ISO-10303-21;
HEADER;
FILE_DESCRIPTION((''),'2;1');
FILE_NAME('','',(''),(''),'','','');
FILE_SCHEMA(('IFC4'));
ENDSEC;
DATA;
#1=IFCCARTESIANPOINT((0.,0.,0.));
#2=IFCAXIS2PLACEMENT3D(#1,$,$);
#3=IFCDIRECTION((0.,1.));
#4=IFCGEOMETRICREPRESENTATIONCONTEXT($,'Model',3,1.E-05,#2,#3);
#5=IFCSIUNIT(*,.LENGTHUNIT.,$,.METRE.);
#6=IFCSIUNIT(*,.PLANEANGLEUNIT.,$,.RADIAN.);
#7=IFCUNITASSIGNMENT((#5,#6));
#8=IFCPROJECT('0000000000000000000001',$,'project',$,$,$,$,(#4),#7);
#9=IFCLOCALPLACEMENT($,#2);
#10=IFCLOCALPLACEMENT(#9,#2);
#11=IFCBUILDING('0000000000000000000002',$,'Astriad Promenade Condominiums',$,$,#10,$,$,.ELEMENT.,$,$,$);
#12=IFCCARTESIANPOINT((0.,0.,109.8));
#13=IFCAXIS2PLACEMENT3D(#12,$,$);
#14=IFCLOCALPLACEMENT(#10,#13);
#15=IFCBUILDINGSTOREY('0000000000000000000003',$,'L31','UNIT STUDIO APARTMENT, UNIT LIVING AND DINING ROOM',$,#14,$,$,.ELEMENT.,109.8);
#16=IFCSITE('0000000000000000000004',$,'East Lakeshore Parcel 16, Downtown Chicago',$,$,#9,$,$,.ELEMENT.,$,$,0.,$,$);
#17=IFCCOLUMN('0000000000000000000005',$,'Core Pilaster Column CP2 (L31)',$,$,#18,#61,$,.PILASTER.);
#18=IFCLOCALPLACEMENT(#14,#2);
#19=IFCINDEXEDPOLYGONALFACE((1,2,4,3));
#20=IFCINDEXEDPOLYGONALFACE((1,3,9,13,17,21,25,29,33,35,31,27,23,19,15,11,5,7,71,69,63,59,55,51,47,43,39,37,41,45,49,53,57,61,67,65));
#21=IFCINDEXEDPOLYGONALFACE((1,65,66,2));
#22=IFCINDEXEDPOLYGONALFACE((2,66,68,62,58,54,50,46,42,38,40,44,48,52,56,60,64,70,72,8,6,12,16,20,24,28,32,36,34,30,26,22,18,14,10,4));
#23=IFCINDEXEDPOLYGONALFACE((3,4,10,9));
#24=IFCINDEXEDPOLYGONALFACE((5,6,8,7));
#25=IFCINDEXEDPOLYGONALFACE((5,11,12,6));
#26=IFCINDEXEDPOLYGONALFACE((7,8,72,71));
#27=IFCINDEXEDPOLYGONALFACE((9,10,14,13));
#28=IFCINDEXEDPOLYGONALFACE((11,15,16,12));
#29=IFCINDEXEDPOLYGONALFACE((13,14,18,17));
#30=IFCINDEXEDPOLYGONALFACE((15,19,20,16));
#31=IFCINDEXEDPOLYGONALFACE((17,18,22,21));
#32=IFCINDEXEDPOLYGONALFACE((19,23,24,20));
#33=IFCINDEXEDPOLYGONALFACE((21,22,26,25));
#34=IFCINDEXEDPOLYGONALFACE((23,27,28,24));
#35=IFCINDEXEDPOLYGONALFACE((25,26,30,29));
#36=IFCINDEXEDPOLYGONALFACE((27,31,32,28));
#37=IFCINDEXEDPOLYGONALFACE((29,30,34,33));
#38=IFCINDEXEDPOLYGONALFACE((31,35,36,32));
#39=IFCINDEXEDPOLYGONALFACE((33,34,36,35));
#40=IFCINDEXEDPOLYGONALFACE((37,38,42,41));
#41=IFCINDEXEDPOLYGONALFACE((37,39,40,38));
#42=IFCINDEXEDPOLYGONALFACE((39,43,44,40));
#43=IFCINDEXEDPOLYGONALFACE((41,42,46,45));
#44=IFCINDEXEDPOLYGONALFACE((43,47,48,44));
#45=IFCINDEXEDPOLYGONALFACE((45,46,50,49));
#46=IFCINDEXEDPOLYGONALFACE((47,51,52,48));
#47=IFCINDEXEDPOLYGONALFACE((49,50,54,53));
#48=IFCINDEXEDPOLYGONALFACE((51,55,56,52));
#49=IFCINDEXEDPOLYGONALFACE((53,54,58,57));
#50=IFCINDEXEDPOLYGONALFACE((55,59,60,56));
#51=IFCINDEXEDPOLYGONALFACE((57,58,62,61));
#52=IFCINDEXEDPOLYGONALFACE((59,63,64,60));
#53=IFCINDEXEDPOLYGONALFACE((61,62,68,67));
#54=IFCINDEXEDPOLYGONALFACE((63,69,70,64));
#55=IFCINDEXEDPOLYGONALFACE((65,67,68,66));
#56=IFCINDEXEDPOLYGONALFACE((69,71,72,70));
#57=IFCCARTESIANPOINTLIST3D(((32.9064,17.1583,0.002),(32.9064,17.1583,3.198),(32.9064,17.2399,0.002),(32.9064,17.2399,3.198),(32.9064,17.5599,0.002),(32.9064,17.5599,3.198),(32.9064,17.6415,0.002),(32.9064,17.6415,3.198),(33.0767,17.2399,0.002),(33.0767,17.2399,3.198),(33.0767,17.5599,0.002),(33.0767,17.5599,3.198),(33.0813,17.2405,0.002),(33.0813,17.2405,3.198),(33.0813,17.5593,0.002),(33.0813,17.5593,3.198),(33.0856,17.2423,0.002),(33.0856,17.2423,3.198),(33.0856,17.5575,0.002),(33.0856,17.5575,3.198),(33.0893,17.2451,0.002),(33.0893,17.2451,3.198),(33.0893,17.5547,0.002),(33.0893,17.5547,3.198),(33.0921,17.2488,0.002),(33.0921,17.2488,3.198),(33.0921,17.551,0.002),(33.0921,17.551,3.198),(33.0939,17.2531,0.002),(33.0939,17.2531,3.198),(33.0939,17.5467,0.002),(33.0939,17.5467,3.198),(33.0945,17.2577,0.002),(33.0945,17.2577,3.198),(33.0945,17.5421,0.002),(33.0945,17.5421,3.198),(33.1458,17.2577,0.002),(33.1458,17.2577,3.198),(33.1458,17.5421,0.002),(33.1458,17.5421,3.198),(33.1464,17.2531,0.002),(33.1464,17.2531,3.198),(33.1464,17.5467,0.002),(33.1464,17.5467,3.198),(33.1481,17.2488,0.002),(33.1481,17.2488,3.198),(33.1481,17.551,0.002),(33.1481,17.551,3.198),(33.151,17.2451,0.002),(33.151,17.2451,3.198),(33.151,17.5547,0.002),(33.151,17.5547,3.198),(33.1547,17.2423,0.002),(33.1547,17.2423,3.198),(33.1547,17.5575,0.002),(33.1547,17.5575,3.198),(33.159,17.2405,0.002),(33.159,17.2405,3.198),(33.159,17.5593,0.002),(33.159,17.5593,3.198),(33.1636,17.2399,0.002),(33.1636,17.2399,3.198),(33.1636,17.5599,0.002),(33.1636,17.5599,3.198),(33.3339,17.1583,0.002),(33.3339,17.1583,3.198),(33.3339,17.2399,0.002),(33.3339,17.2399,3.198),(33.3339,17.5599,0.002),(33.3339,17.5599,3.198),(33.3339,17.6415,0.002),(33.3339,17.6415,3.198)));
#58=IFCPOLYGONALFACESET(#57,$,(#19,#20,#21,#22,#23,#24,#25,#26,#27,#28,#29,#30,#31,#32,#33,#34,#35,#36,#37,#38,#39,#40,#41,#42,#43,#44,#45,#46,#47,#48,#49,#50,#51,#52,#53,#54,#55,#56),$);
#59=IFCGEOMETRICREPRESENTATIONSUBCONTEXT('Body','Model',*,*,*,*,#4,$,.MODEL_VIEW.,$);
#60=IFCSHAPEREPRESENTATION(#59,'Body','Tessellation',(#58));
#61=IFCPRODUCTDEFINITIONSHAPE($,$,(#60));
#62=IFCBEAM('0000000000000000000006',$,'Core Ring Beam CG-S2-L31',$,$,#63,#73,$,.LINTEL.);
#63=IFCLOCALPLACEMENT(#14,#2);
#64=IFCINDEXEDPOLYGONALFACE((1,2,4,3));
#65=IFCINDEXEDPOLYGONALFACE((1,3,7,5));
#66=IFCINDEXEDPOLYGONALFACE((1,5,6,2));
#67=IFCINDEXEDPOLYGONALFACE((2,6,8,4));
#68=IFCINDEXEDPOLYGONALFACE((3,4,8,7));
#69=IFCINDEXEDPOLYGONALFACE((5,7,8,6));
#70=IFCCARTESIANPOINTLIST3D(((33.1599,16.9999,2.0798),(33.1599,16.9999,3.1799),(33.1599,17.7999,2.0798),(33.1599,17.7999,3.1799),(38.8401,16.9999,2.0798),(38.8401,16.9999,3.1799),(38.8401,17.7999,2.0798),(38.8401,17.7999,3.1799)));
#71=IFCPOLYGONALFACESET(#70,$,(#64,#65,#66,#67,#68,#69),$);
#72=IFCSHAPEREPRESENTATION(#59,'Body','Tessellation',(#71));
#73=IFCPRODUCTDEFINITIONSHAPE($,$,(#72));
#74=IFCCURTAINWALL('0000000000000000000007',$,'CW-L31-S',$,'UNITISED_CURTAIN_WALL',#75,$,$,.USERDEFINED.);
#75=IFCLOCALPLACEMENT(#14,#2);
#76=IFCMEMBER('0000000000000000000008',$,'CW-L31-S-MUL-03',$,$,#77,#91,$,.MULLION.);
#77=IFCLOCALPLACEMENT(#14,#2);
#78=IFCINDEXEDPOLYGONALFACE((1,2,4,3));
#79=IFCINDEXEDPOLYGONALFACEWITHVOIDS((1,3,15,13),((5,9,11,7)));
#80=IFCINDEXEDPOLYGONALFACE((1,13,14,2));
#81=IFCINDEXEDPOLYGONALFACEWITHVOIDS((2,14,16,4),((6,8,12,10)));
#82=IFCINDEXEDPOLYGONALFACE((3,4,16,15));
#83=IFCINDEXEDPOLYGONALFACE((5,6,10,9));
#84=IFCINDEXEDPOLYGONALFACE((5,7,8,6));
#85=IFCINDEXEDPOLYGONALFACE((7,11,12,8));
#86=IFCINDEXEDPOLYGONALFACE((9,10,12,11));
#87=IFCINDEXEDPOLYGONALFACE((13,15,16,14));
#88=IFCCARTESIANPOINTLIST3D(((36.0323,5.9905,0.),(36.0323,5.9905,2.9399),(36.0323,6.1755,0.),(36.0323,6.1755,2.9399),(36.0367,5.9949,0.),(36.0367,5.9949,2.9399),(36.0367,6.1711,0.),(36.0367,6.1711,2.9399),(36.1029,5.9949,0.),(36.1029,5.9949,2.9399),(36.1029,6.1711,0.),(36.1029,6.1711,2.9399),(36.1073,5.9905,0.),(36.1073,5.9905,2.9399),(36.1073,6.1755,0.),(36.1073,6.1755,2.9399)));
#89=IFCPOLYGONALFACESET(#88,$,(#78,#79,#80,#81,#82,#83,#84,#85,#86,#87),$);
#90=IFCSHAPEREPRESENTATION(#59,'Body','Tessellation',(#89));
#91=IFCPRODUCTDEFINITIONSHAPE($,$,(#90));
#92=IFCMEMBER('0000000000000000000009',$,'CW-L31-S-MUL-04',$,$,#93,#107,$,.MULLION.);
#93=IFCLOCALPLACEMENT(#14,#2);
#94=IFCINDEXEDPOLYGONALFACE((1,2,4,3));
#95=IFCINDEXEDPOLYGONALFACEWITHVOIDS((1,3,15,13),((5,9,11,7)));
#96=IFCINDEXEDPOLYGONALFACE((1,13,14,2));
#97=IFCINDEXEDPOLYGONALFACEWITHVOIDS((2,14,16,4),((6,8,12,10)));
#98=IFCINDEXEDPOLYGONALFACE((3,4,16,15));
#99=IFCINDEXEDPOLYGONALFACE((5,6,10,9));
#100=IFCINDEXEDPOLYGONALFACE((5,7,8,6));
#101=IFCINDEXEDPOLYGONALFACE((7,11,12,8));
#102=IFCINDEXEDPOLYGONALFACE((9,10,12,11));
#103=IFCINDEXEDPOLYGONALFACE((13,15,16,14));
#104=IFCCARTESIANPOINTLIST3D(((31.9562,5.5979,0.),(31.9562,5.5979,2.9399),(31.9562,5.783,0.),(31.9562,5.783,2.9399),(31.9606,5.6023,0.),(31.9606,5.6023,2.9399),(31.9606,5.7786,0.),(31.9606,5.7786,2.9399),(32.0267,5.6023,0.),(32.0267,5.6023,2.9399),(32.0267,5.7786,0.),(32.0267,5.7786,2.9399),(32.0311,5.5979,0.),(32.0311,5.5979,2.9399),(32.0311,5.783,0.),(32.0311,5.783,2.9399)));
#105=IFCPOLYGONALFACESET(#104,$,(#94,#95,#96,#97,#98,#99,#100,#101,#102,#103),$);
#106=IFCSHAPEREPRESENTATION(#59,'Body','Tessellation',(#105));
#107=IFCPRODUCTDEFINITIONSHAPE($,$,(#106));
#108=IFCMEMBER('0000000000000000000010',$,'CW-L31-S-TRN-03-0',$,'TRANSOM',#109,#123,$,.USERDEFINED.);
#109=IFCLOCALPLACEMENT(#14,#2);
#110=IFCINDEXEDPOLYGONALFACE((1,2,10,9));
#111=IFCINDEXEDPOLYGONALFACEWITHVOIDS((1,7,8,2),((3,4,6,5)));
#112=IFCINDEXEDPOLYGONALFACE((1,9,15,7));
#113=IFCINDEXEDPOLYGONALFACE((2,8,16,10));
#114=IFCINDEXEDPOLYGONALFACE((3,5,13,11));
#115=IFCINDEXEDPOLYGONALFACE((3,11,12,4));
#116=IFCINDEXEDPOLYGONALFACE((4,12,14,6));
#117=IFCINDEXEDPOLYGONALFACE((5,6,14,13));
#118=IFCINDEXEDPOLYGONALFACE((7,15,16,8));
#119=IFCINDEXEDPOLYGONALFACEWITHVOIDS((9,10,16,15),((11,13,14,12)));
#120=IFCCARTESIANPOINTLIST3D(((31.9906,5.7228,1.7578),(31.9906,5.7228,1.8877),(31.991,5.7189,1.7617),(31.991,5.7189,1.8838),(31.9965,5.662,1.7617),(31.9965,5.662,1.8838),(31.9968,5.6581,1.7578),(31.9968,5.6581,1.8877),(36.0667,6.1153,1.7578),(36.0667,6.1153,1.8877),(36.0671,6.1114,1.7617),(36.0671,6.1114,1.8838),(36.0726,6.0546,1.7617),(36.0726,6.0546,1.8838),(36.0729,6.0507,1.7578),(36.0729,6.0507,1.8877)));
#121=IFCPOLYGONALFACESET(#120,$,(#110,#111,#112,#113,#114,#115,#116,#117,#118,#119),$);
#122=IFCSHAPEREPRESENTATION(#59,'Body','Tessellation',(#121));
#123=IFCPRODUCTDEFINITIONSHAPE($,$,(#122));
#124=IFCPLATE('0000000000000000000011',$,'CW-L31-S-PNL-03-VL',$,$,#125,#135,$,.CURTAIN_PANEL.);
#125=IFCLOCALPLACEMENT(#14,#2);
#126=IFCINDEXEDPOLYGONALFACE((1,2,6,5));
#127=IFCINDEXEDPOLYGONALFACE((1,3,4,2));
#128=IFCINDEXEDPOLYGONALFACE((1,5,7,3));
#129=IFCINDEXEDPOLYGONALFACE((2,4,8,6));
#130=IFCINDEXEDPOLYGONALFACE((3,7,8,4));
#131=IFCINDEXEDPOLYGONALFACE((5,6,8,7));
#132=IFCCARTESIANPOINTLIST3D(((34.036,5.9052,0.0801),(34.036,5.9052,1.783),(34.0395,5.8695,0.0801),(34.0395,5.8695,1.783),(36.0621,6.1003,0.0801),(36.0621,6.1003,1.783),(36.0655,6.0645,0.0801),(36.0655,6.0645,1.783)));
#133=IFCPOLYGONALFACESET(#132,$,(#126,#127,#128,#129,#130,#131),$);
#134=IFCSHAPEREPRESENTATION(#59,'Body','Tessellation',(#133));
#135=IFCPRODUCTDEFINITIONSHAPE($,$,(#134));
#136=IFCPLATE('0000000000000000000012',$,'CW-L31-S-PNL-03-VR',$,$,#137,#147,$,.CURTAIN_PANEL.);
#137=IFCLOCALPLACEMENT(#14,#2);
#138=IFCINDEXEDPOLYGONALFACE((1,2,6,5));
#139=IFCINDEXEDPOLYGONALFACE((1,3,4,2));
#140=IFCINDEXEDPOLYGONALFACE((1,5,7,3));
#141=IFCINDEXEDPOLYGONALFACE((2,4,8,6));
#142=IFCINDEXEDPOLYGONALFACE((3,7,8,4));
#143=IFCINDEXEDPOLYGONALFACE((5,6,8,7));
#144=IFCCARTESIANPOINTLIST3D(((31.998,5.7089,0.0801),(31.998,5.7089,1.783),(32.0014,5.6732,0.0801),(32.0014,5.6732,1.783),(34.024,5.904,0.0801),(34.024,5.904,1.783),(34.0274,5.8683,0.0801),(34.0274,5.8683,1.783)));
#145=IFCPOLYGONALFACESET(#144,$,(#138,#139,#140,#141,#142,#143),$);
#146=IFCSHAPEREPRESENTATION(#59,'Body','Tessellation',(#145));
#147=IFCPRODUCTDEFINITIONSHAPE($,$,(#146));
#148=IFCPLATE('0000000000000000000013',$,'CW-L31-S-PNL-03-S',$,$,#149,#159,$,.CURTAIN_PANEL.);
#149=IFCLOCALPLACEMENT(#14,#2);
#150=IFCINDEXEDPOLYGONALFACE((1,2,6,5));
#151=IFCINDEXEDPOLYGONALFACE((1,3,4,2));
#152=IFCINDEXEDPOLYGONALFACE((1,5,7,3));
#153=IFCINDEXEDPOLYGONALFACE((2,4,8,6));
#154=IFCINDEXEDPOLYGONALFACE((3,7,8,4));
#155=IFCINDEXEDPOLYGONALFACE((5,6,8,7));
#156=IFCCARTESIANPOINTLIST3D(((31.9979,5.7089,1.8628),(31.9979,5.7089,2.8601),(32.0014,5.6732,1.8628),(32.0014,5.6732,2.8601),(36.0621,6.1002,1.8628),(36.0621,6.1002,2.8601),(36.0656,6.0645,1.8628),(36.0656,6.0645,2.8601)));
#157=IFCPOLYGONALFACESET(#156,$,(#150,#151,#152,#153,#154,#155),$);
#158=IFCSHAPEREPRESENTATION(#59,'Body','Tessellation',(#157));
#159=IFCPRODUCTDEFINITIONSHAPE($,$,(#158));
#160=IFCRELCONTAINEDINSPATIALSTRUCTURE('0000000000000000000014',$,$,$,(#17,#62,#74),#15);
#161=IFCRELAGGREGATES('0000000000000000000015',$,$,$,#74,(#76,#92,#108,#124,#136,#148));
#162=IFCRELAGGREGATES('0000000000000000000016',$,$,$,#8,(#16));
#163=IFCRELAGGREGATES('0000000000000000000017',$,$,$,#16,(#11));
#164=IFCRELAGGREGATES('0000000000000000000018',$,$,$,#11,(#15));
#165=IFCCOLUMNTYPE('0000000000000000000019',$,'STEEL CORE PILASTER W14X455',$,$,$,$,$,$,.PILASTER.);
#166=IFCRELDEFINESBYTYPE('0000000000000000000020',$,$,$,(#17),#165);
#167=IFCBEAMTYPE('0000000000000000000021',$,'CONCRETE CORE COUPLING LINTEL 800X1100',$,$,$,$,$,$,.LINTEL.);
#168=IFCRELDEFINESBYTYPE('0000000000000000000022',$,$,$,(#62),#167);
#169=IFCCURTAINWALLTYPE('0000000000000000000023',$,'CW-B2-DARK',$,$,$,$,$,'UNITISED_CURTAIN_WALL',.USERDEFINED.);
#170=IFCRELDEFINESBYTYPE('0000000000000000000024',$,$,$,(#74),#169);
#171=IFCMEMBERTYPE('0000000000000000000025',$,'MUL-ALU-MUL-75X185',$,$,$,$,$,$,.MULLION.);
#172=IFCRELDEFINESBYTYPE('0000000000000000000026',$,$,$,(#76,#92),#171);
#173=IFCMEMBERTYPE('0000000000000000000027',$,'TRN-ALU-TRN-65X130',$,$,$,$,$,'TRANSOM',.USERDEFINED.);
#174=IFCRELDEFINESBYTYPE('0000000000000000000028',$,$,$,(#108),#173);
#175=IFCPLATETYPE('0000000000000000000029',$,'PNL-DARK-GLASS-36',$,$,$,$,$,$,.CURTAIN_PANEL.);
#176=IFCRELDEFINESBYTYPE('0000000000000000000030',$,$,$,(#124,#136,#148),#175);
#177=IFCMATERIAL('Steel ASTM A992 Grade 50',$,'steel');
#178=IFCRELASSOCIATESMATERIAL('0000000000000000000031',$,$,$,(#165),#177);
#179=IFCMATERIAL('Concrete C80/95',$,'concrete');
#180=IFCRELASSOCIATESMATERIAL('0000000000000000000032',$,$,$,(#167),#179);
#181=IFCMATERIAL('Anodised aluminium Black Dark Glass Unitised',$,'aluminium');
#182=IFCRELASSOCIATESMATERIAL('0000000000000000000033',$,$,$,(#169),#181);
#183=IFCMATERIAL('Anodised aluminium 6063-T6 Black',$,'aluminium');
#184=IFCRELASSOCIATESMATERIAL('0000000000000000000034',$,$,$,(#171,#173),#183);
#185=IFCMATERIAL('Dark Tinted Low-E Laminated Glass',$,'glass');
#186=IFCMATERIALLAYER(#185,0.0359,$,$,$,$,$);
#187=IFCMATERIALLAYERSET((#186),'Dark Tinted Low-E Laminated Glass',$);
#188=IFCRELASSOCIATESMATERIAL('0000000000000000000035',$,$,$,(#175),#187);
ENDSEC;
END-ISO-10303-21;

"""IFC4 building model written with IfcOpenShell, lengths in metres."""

from ifc_helpers import new_model, si_unit, direction, frame, origin, origin_2d, place, context, subcontext, project, spatial, rectangle, hollow_rectangle, i_section, extrude, source, transform, mapped, material, layer, layer_set, material_profile, profile_set, type_object, type_shapes, element, aggregate, save


model = new_model("IFC4")

# Units and contexts
model_context = context("Model", 3, precision=1e-05, world=origin(), true_north=direction((0.0, 1.0)))
body_context = subcontext(model_context, "Body", "Model", "MODEL_VIEW")
ifc_project = project(units=[si_unit("LENGTHUNIT", "METRE"), si_unit("PLANEANGLEUNIT", "RADIAN")], contexts=[model_context])

# Site, building, storey
site_placement = place(None, origin())
site = spatial("IfcSite", under=ifc_project, at=site_placement, Name="East Lakeshore Parcel 16, Downtown Chicago", CompositionType="ELEMENT", RefElevation=0.0)
building_placement = place(site_placement, origin())
building = spatial("IfcBuilding", under=site, at=building_placement, Name="Astriad Promenade Condominiums", CompositionType="ELEMENT")
storey_placement = place(building_placement, frame((0.0, 0.0, 109.8)))
storey = spatial("IfcBuildingStorey", under=building, at=storey_placement, Name="L31", Description="UNIT STUDIO APARTMENT, UNIT LIVING AND DINING ROOM", CompositionType="ELEMENT", Elevation=109.8)

# Column
ifc_material_1 = material(Name="Steel ASTM A992 Grade 50", Category="steel")
ifc_material_profile_1 = material_profile(ifc_material_1, i_section(OverallWidth=0.4275, OverallDepth=0.4832, WebThickness=0.0513, FlangeThickness=0.0815, FilletRadius=0.0178, at=origin_2d()), Name="W14X455")
ifc_profile_set_1 = profile_set([ifc_material_profile_1], Name="Steel ASTM A992 Grade 50")
column_type = type_object("IfcColumnType", Name="STEEL CORE PILASTER W14X455", PredefinedType="PILASTER", material=ifc_profile_set_1)
shared_shape_1 = source(origin(), body_context, "Body", "SweptSolid", [
    extrude(i_section(OverallWidth=0.4275, OverallDepth=0.4832, WebThickness=0.0513, FlangeThickness=0.0815, FilletRadius=0.0178, at=origin_2d()), origin(), (0.0, 0.0, 1.0), 3.196),
])
type_shapes(column_type, [shared_shape_1])
column_placement = place(storey_placement, frame((33.1201, 17.3999, 0.002), z_axis=(0.0, 0.0, 1.0), x_axis=(1.0, 0.0, 0.0)))
element("IfcColumn", 1, at=column_placement, inside=storey, type_object=column_type, Name="Core Pilaster Column CP2 (L31)", PredefinedType="PILASTER", context=body_context, shape_type="MappedRepresentation", body=[
    mapped(shared_shape_1, transform((0.0, 0.0, 0.0), scale=1.0)),
])

# Beam
ifc_material_2 = material(Name="Concrete C80/95", Category="concrete")
ifc_material_profile_2 = material_profile(ifc_material_2, rectangle(XDim=0.8, YDim=1.1001, at=origin_2d()), Name="RC-BM-800X1100")
ifc_profile_set_2 = profile_set([ifc_material_profile_2], Name="Concrete C80/95")
beam_type = type_object("IfcBeamType", Name="CONCRETE CORE COUPLING LINTEL 800X1100", PredefinedType="LINTEL", material=ifc_profile_set_2)
shared_shape_2 = source(origin(), body_context, "Body", "SweptSolid", [
    extrude(rectangle(XDim=0.8, YDim=1.1001, at=origin_2d()), origin(), (0.0, 0.0, 1.0), 5.6802),
])
type_shapes(beam_type, [shared_shape_2])
beam_placement = place(storey_placement, frame((33.1599, 17.3999, 2.6299), z_axis=(1.0, 0.0, 0.0), x_axis=(0.0, 1.0, 0.0)))
element("IfcBeam", 2, at=beam_placement, inside=storey, type_object=beam_type, Name="Core Ring Beam CG-S2-L31", PredefinedType="LINTEL", context=body_context, shape_type="MappedRepresentation", body=[
    mapped(shared_shape_2, transform((0.0, 0.0, 0.0), scale=1.0)),
])

# Curtain wall, members, plates
ifc_material_3 = material(Name="Anodised aluminium Black Dark Glass Unitised", Category="aluminium")
curtain_wall_type = type_object("IfcCurtainWallType", Name="CW-B2-DARK", ElementType="UNITISED_CURTAIN_WALL", PredefinedType="USERDEFINED", material=ifc_material_3)
curtain_wall_placement = place(storey_placement, origin())
curtain_wall = element("IfcCurtainWall", 3, at=curtain_wall_placement, inside=storey, type_object=curtain_wall_type, Name="CW-L31-S", ObjectType="UNITISED_CURTAIN_WALL", PredefinedType="USERDEFINED")
ifc_material_4 = material(Name="Anodised aluminium 6063-T6 Black", Category="aluminium")
ifc_material_profile_3 = material_profile(ifc_material_4, hollow_rectangle(XDim=0.075, YDim=0.1851, WallThickness=0.0044, at=origin_2d()), Name="ALU-MUL-75X185")
ifc_profile_set_3 = profile_set([ifc_material_profile_3], Name="Anodised aluminium 6063-T6 Black")
member_type_1 = type_object("IfcMemberType", Name="MUL-ALU-MUL-75X185", PredefinedType="MULLION", material=ifc_profile_set_3)
shared_shape_3 = source(origin(), body_context, "Body", "SweptSolid", [
    extrude(hollow_rectangle(XDim=0.075, YDim=0.1851, WallThickness=0.0044, at=origin_2d()), origin(), (0.0, 0.0, 1.0), 2.9399),
])
type_shapes(member_type_1, [shared_shape_3])
member_1_placement = place(storey_placement, frame((36.0698, 6.083, 0.0), z_axis=(0.0, 0.0, 1.0), x_axis=(1.0, 0.0, 0.0)))
member_1 = element("IfcMember", 4, at=member_1_placement, type_object=member_type_1, Name="CW-L31-S-MUL-03", PredefinedType="MULLION", context=body_context, shape_type="MappedRepresentation", body=[
    mapped(shared_shape_3, transform((0.0, 0.0, 0.0), scale=1.0)),
])
member_2_placement = place(storey_placement, frame((31.9937, 5.6904, 0.0), z_axis=(0.0, 0.0, 1.0), x_axis=(1.0, 0.0, 0.0)))
member_2 = element("IfcMember", 5, at=member_2_placement, type_object=member_type_1, Name="CW-L31-S-MUL-04", PredefinedType="MULLION", context=body_context, shape_type="MappedRepresentation", body=[
    mapped(shared_shape_3, transform((0.0, 0.0, 0.0), scale=1.0)),
])
ifc_material_profile_4 = material_profile(ifc_material_4, hollow_rectangle(XDim=0.0649, YDim=0.1299, WallThickness=0.0039, at=origin_2d()), Name="ALU-TRN-65X130")
ifc_profile_set_4 = profile_set([ifc_material_profile_4], Name="Anodised aluminium 6063-T6 Black")
member_type_2 = type_object("IfcMemberType", Name="TRN-ALU-TRN-65X130", ElementType="TRANSOM", PredefinedType="USERDEFINED", material=ifc_profile_set_4)
shared_shape_4 = source(origin(), body_context, "Body", "SweptSolid", [
    extrude(hollow_rectangle(XDim=0.0649, YDim=0.1299, WallThickness=0.0039, at=origin_2d()), origin(), (0.0, 0.0, 1.0), 4.095),
])
type_shapes(member_type_2, [shared_shape_4])
member_3_placement = place(storey_placement, frame((36.0698, 6.083, 1.8228), z_axis=(-0.995394, -0.095867, 0.0), x_axis=(0.095867, -0.995394, 0.0)))
member_3 = element("IfcMember", 6, at=member_3_placement, type_object=member_type_2, Name="CW-L31-S-TRN-03-0", ObjectType="TRANSOM", PredefinedType="USERDEFINED", context=body_context, shape_type="MappedRepresentation", body=[
    mapped(shared_shape_4, transform((0.0, 0.0, 0.0), scale=1.0)),
])
ifc_material_5 = material(Name="Dark Tinted Low-E Laminated Glass", Category="glass")
ifc_layer_1 = layer(ifc_material_5, 0.0359)
ifc_layer_set_1 = layer_set([ifc_layer_1], Name="Dark Tinted Low-E Laminated Glass")
plate_type = type_object("IfcPlateType", Name="PNL-DARK-GLASS-36", PredefinedType="CURTAIN_PANEL", material=ifc_layer_set_1)
shared_shape_5 = source(origin(), body_context, "Body", "SweptSolid", [
    extrude(rectangle(XDim=2.0354, YDim=0.0359, at=origin_2d()), origin(), (0.0, 0.0, 1.0), 1.7029),
])
plate_1_placement = place(storey_placement, frame((35.0508, 5.9849, 0.0801), z_axis=(0.0, 0.0, 1.0), x_axis=(-0.995396, -0.095846, 0.0)))
plate_1 = element("IfcPlate", 7, at=plate_1_placement, type_object=plate_type, Name="CW-L31-S-PNL-03-VL", PredefinedType="CURTAIN_PANEL", context=body_context, shape_type="MappedRepresentation", body=[
    mapped(shared_shape_5, transform((0.0, 0.0, 0.0), scale=1.0)),
])
plate_2_placement = place(storey_placement, frame((33.0127, 5.7886, 0.0801), z_axis=(0.0, 0.0, 1.0), x_axis=(-0.995396, -0.095846, 0.0)))
plate_2 = element("IfcPlate", 8, at=plate_2_placement, type_object=plate_type, Name="CW-L31-S-PNL-03-VR", PredefinedType="CURTAIN_PANEL", context=body_context, shape_type="MappedRepresentation", body=[
    mapped(shared_shape_5, transform((0.0, 0.0, 0.0), scale=1.0)),
])
shared_shape_6 = source(origin(), body_context, "Body", "SweptSolid", [
    extrude(rectangle(XDim=4.083, YDim=0.0359, at=origin_2d()), origin(), (0.0, 0.0, 1.0), 0.9973),
])
type_shapes(plate_type, [shared_shape_5, shared_shape_6])
plate_3_placement = place(storey_placement, frame((34.0317, 5.8867, 1.8628), z_axis=(0.0, 0.0, 1.0), x_axis=(-0.995396, -0.095846, 0.0)))
plate_3 = element("IfcPlate", 9, at=plate_3_placement, type_object=plate_type, Name="CW-L31-S-PNL-03-S", PredefinedType="CURTAIN_PANEL", context=body_context, shape_type="MappedRepresentation", body=[
    mapped(shared_shape_6, transform((0.0, 0.0, 0.0), scale=1.0)),
])
aggregate(curtain_wall, [member_1, member_2, member_3, plate_1, plate_2, plate_3])

save(model, "model.ifc")
